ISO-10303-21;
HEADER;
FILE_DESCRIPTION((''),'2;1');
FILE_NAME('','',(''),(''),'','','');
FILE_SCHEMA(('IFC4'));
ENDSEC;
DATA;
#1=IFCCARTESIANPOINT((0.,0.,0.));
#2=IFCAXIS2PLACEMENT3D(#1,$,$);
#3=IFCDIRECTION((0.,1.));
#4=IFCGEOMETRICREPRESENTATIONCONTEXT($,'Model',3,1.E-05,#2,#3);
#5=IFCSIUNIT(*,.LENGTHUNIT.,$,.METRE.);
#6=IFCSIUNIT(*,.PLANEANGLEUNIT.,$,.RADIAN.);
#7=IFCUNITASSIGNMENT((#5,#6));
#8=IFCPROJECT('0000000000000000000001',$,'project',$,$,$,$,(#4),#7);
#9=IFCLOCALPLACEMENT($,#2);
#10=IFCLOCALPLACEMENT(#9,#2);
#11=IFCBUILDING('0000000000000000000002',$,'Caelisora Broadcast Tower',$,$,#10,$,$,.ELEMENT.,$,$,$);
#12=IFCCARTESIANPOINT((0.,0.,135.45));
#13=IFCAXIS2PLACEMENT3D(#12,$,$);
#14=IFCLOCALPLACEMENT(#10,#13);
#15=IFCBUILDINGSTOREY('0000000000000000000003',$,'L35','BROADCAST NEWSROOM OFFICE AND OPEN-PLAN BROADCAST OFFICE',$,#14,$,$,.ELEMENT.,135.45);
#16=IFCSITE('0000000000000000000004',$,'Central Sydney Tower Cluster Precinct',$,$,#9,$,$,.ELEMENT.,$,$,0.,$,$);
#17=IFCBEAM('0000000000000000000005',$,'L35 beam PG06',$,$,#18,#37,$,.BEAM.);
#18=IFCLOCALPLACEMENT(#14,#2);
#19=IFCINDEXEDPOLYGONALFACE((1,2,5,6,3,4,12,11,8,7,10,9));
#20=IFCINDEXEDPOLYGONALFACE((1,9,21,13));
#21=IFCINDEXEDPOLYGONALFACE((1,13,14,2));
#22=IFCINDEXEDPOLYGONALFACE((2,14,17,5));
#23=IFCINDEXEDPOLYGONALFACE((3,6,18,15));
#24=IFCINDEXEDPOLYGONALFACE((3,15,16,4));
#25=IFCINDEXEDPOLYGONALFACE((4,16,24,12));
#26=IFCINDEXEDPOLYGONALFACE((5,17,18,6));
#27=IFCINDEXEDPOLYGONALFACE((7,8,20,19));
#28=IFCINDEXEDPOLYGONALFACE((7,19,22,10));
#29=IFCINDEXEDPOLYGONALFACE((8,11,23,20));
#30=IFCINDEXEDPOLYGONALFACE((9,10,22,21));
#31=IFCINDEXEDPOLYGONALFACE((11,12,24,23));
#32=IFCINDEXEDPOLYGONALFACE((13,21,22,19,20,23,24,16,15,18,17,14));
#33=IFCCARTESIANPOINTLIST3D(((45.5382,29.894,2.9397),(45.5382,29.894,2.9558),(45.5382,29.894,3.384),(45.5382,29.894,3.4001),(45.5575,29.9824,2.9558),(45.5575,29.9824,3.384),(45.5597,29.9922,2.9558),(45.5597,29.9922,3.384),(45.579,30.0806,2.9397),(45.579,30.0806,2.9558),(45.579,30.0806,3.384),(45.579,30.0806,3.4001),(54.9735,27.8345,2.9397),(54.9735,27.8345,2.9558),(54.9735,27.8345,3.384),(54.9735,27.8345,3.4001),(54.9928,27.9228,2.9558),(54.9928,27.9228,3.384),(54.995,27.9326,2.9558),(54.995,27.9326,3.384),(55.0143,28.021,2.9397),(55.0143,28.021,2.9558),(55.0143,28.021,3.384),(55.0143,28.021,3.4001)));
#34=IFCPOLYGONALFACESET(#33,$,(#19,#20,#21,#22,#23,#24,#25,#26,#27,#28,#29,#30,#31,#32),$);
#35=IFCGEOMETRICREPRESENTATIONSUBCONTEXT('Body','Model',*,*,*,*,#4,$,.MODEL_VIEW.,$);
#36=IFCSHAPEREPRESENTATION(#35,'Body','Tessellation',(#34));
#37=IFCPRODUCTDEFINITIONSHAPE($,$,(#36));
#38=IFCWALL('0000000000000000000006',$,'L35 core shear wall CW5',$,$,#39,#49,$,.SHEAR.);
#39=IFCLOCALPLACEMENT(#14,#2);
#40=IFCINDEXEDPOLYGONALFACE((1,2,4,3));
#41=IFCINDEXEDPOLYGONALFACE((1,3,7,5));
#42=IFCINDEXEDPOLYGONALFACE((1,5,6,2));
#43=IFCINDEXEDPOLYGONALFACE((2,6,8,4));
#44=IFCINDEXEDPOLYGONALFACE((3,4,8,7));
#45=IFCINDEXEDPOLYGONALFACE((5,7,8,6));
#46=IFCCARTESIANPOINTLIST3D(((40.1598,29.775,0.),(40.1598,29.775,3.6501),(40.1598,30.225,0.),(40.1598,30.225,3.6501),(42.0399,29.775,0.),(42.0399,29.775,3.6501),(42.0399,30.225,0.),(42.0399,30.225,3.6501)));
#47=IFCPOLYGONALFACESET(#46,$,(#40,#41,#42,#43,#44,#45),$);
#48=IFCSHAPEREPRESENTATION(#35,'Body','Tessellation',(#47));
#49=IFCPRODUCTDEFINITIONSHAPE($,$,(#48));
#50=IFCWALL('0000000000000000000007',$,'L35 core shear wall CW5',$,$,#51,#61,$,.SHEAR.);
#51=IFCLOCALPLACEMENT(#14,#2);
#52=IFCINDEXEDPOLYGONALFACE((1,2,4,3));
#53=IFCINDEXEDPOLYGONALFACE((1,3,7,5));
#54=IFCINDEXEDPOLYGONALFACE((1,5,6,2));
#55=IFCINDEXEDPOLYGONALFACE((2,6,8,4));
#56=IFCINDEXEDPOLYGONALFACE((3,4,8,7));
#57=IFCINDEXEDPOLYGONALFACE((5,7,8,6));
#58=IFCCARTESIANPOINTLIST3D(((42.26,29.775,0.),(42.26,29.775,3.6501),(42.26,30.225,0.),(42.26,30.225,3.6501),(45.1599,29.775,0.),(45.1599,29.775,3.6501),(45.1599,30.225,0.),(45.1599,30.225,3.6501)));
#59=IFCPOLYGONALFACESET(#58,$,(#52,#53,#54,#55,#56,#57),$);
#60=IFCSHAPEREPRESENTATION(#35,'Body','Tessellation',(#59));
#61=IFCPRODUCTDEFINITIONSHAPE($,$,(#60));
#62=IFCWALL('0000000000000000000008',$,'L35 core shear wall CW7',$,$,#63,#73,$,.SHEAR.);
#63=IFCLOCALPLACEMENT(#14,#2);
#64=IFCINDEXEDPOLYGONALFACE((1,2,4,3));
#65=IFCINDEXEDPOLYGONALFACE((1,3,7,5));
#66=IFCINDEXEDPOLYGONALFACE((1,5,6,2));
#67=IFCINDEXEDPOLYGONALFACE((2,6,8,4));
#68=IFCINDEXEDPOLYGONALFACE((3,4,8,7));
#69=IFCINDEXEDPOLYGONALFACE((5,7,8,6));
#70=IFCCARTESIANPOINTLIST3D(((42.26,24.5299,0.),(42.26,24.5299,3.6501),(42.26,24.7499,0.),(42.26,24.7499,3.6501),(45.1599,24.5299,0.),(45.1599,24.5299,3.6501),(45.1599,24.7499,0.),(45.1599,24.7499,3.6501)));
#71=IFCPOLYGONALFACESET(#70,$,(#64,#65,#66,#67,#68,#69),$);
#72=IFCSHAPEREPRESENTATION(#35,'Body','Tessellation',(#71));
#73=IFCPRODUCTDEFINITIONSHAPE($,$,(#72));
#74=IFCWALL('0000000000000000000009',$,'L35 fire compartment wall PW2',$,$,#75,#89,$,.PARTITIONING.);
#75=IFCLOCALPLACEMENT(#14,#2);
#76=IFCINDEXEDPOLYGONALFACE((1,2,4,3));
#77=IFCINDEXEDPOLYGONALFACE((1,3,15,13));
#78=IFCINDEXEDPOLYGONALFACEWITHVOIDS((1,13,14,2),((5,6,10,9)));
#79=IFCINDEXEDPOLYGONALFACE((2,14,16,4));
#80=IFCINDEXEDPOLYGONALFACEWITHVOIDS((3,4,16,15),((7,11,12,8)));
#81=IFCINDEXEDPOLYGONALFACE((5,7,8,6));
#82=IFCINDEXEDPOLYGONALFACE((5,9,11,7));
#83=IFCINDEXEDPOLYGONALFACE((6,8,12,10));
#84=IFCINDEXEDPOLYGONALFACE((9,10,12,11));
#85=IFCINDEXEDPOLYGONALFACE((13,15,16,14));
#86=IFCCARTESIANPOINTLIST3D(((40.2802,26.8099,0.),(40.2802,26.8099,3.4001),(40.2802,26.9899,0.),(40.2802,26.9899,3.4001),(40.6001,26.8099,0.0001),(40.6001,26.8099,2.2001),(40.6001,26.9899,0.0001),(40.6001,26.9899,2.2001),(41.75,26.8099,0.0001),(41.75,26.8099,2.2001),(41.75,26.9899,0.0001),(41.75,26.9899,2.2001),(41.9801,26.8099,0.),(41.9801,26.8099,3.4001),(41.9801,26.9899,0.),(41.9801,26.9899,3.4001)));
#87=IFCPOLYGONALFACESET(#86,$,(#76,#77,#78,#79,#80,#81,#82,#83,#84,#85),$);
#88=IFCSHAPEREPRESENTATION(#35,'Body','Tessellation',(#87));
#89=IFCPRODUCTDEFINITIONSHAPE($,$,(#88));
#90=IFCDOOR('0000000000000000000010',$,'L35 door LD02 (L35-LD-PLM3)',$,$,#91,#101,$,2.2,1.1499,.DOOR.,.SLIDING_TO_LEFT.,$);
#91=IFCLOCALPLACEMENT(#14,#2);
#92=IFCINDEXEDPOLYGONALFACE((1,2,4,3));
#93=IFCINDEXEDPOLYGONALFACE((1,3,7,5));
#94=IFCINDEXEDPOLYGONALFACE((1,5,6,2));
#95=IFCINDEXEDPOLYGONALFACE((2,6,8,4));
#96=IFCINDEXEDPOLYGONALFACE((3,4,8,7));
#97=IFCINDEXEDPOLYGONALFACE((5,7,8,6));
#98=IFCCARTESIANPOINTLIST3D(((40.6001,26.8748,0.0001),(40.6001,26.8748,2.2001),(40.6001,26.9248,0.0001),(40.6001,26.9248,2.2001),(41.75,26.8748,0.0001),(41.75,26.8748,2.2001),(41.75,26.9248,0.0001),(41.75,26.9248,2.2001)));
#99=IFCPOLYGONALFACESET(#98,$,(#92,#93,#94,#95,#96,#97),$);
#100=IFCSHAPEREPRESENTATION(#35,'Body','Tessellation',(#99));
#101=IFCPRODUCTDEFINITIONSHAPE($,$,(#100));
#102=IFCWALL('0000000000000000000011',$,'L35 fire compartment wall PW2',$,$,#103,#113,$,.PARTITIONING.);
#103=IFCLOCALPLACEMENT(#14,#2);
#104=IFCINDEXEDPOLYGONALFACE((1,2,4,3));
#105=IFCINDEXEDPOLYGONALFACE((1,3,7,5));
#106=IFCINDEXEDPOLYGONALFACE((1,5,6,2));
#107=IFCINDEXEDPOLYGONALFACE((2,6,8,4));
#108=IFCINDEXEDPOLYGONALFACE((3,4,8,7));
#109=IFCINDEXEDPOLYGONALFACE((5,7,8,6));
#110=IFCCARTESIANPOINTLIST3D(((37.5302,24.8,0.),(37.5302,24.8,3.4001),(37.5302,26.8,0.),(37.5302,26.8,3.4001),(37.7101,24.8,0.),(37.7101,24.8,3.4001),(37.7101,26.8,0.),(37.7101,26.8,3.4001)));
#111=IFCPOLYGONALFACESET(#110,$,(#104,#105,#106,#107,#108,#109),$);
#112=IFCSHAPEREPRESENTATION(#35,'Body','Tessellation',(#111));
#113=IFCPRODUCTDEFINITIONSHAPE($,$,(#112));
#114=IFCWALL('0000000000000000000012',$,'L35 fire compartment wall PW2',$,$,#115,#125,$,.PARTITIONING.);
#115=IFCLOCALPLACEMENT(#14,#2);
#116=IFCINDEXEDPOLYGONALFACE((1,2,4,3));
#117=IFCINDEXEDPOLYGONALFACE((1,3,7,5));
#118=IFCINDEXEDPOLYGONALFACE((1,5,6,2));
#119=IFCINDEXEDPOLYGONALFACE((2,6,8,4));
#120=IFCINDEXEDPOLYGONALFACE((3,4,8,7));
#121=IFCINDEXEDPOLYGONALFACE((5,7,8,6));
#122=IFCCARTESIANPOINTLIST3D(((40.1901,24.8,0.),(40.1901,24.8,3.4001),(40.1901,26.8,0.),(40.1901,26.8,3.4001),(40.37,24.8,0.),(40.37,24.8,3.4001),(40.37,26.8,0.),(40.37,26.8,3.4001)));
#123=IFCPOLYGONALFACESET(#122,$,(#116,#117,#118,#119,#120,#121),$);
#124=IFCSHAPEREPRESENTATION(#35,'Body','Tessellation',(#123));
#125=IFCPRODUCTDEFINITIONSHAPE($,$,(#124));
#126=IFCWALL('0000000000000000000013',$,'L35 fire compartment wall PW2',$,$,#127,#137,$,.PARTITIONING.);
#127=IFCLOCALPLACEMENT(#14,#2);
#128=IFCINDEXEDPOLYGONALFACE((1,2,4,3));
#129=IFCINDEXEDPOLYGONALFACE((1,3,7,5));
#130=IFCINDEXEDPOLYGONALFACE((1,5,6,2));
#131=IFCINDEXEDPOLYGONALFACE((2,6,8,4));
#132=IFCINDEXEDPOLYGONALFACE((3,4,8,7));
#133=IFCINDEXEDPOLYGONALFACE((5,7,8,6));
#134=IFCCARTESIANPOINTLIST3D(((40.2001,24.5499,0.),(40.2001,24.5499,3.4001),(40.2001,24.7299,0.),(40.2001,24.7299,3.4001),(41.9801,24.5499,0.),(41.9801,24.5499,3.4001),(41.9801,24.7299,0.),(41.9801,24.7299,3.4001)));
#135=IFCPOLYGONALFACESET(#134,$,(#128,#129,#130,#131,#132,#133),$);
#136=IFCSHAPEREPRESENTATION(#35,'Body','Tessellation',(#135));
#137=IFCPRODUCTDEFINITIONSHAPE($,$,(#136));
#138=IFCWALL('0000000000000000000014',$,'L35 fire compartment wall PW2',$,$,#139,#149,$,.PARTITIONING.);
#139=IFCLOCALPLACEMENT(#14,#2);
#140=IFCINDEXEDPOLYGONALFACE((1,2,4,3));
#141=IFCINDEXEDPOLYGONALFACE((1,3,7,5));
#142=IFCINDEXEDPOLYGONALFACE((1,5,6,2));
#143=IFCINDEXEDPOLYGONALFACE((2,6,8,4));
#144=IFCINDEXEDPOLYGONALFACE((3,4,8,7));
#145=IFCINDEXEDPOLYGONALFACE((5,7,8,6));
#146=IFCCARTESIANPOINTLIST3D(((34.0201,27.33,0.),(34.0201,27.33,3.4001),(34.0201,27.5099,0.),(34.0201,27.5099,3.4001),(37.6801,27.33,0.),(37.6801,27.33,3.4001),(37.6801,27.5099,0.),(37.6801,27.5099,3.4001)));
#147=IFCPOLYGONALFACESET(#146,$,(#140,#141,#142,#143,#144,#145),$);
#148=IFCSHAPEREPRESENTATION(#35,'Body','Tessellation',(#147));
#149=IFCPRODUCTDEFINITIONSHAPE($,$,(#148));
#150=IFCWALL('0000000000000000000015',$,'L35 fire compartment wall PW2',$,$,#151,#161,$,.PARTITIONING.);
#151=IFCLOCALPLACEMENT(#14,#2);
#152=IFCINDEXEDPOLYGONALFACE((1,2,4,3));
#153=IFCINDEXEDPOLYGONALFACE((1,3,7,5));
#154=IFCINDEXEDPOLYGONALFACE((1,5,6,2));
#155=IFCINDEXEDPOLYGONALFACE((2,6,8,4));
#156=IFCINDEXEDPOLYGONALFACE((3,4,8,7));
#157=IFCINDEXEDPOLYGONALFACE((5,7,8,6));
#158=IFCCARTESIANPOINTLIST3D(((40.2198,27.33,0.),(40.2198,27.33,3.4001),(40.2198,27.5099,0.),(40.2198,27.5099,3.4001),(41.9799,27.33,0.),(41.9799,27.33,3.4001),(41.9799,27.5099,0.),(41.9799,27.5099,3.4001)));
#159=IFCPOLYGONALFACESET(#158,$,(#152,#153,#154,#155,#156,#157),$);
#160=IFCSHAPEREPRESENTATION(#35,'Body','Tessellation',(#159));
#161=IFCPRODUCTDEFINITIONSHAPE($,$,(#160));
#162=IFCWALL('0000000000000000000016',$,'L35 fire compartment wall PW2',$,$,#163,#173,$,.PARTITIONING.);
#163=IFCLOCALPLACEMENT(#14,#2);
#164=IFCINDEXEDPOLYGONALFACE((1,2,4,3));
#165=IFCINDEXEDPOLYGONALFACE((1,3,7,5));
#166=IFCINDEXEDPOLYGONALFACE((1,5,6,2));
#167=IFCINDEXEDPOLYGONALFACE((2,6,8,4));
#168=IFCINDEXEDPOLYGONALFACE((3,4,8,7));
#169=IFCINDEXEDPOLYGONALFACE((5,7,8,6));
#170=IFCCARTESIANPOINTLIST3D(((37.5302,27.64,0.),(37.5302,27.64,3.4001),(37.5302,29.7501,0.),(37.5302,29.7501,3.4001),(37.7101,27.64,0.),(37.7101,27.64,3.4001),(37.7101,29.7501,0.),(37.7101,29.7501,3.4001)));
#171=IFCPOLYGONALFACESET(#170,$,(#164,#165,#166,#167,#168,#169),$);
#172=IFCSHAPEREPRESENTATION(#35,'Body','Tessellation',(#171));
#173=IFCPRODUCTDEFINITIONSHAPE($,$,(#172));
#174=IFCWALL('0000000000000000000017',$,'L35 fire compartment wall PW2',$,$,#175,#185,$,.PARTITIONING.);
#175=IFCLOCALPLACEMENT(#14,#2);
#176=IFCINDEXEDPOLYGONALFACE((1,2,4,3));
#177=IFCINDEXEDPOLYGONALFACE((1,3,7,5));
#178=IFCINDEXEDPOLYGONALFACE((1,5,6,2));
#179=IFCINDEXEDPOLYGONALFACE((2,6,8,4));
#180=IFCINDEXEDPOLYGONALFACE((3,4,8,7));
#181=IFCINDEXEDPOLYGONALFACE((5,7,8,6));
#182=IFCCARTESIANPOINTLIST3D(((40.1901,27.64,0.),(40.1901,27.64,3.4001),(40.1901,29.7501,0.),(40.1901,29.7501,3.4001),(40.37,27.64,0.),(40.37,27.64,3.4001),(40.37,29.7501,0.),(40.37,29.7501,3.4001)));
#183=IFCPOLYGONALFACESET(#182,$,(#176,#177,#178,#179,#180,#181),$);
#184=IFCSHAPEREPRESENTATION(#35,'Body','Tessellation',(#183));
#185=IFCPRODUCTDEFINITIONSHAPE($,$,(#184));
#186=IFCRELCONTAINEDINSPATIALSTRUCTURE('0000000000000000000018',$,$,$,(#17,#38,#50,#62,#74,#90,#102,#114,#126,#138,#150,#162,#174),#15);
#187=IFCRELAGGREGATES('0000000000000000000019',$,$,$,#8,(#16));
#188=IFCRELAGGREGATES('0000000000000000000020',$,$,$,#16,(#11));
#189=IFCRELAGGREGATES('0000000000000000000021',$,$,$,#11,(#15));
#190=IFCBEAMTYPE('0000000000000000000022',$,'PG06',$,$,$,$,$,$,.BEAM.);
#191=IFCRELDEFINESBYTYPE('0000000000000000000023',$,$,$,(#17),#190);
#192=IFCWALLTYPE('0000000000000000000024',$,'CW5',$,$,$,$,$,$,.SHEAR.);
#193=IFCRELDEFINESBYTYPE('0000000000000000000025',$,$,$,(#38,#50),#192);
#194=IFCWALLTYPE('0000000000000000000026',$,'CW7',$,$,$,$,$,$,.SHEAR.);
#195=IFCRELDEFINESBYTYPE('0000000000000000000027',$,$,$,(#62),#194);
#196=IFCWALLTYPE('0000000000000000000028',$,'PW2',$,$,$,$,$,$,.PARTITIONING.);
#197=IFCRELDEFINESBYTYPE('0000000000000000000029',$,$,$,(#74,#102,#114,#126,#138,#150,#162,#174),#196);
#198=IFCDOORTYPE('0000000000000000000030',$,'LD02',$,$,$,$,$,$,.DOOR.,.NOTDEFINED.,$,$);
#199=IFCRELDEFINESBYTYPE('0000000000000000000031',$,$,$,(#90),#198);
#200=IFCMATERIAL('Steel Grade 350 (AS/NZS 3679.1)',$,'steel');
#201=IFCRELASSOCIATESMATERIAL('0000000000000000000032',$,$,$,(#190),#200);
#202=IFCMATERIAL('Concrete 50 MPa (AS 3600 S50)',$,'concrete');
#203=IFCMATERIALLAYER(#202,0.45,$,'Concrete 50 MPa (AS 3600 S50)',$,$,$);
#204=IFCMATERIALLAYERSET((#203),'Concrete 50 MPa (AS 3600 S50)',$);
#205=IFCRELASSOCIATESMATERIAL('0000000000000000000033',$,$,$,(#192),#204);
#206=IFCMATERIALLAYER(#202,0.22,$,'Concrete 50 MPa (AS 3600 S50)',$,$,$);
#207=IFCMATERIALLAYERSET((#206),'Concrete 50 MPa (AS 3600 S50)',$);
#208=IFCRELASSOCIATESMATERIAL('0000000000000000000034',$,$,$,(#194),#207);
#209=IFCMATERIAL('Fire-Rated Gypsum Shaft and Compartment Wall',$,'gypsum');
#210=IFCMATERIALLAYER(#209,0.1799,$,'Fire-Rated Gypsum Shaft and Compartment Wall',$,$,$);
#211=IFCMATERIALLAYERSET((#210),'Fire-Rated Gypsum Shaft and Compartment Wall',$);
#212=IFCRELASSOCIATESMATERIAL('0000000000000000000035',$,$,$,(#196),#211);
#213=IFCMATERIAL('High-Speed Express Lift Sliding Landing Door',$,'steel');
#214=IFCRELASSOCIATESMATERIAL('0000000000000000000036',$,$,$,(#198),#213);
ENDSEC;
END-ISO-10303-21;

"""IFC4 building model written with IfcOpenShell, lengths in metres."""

from ifc_helpers import new_model, si_unit, direction, frame, frame_2d, origin, origin_2d, place, context, subcontext, project, spatial, rectangle, i_section, extrude, source, transform, mapped, material, layer, layer_set, material_profile, profile_set, type_object, element, fill, save


model = new_model("IFC4")

# Units and contexts
model_context = context("Model", 3, precision=1e-05, world=origin(), true_north=direction((0.0, 1.0)))
body_context = subcontext(model_context, "Body", "Model", "MODEL_VIEW")
ifc_project = project(units=[si_unit("LENGTHUNIT", "METRE"), si_unit("PLANEANGLEUNIT", "RADIAN")], contexts=[model_context])

# Site, building, storey
site_placement = place(None, origin())
site = spatial("IfcSite", under=ifc_project, at=site_placement, Name="Central Sydney Tower Cluster Precinct", CompositionType="ELEMENT", RefElevation=0.0)
building_placement = place(site_placement, origin())
building = spatial("IfcBuilding", under=site, at=building_placement, Name="Caelisora Broadcast Tower", CompositionType="ELEMENT")
storey_placement = place(building_placement, frame((0.0, 0.0, 135.45)))
storey = spatial("IfcBuildingStorey", under=building, at=storey_placement, Name="L35", Description="BROADCAST NEWSROOM OFFICE AND OPEN-PLAN BROADCAST OFFICE", CompositionType="ELEMENT", Elevation=135.45)

# Beam
ifc_material_1 = material(Name="Concrete 50 MPa (AS 3600 S50)", Category="concrete")
ifc_material_2 = material(Name="Steel Grade 350 (AS/NZS 3679.1)", Category="steel")
ifc_material_profile_1 = material_profile(ifc_material_2, i_section(OverallWidth=0.1909, OverallDepth=0.4604, WebThickness=0.01, FlangeThickness=0.0161, at=origin_2d()), Name="Steel Grade 350 (AS/NZS 3679.1)")
ifc_profile_set_1 = profile_set([ifc_material_profile_1], Name="Steel Grade 350 (AS/NZS 3679.1)")
beam_type_1 = type_object("IfcBeamType", Name="PG06", PredefinedType="BEAM", material=ifc_profile_set_1)
shared_shape_1 = source(origin(), body_context, "Body", "SweptSolid", [
    extrude(i_section(OverallWidth=0.1909, OverallDepth=0.4604, WebThickness=0.01, FlangeThickness=0.0161, at=origin_2d()), origin(), (0.0, 0.0, 1.0), 9.6575),
])
beam_1_placement = place(storey_placement, frame((45.5586, 29.9873, 3.1699), z_axis=(0.976995, -0.213262, 0.0), x_axis=(0.213262, 0.976995, 0.0)))
element("IfcBeam", 1, at=beam_1_placement, inside=storey, type_object=beam_type_1, Name="L35 beam PG06", PredefinedType="BEAM", context=body_context, shape_type="MappedRepresentation", body=[
    mapped(shared_shape_1, transform((0.0, 0.0, 0.0), scale=1.0)),
])

# Walls
ifc_layer_1 = layer(ifc_material_1, 0.45, Name="Concrete 50 MPa (AS 3600 S50)")
ifc_layer_set_1 = layer_set([ifc_layer_1], Name="Concrete 50 MPa (AS 3600 S50)")
wall_type_1 = type_object("IfcWallType", Name="CW5", PredefinedType="SHEAR", material=ifc_layer_set_1)
wall_1_placement = place(storey_placement, frame((40.1599, 30.0, 0.0), z_axis=(0.0, 0.0, 1.0), x_axis=(1.0, 0.0, 0.0)))
element("IfcWall", 2, at=wall_1_placement, inside=storey, type_object=wall_type_1, Name="L35 core shear wall CW5", PredefinedType="SHEAR", context=body_context, shape_type="SweptSolid", body=[
    extrude(rectangle(XDim=1.8801, YDim=0.45, at=frame_2d((0.9399, 0.0))), origin(), (0.0, 0.0, 1.0), 3.6501),
])
wall_2_placement = place(storey_placement, frame((42.26, 30.0, 0.0), z_axis=(0.0, 0.0, 1.0), x_axis=(1.0, 0.0, 0.0)))
element("IfcWall", 3, at=wall_2_placement, inside=storey, type_object=wall_type_1, Name="L35 core shear wall CW5", PredefinedType="SHEAR", context=body_context, shape_type="SweptSolid", body=[
    extrude(rectangle(XDim=2.8999, YDim=0.45, at=frame_2d((1.45, 0.0))), origin(), (0.0, 0.0, 1.0), 3.6501),
])
ifc_layer_2 = layer(ifc_material_1, 0.22, Name="Concrete 50 MPa (AS 3600 S50)")
ifc_layer_set_2 = layer_set([ifc_layer_2], Name="Concrete 50 MPa (AS 3600 S50)")
wall_type_2 = type_object("IfcWallType", Name="CW7", PredefinedType="SHEAR", material=ifc_layer_set_2)
wall_3_placement = place(storey_placement, frame((42.26, 24.6399, 0.0), z_axis=(0.0, 0.0, 1.0), x_axis=(1.0, 0.0, 0.0)))
element("IfcWall", 4, at=wall_3_placement, inside=storey, type_object=wall_type_2, Name="L35 core shear wall CW7", PredefinedType="SHEAR", context=body_context, shape_type="SweptSolid", body=[
    extrude(rectangle(XDim=2.8999, YDim=0.22, at=frame_2d((1.45, 0.0))), origin(), (0.0, 0.0, 1.0), 3.6501),
])

# Wall, opening, door
ifc_material_3 = material(Name="Fire-Rated Gypsum Shaft and Compartment Wall", Category="gypsum")
ifc_layer_3 = layer(ifc_material_3, 0.1799, Name="Fire-Rated Gypsum Shaft and Compartment Wall")
ifc_layer_set_3 = layer_set([ifc_layer_3], Name="Fire-Rated Gypsum Shaft and Compartment Wall")
wall_type_3 = type_object("IfcWallType", Name="PW2", PredefinedType="PARTITIONING", material=ifc_layer_set_3)
wall_4_placement = place(storey_placement, frame((40.28, 26.8999, 0.0), z_axis=(0.0, 0.0, 1.0), x_axis=(1.0, 0.0, 0.0)))
wall_4 = element("IfcWall", 5, at=wall_4_placement, inside=storey, type_object=wall_type_3, Name="L35 fire compartment wall PW2", PredefinedType="PARTITIONING", context=body_context, shape_type="SweptSolid", body=[
    extrude(rectangle(XDim=1.7, YDim=0.1799, at=frame_2d((0.8501, 0.0))), origin(), (0.0, 0.0, 1.0), 3.4001),
])
opening_placement = place(wall_4_placement, frame((0.3201, 0.0, 0.0)))
opening = element("IfcOpeningElement", 6, at=opening_placement, cuts=wall_4, PredefinedType="OPENING", context=body_context, shape_type="SweptSolid", body=[
    extrude(rectangle(XDim=1.1499, YDim=2.2, at=frame_2d((0.575, 1.1001))), frame((0.0, 0.1021, 0.0), z_axis=(0.0, -1.0, 0.0), x_axis=(1.0, 0.0, 0.0)), (0.0, 0.0, 1.0), 0.2039),
])
ifc_material_4 = material(Name="High-Speed Express Lift Sliding Landing Door", Category="steel")
door_type = type_object("IfcDoorType", Name="LD02", OperationType="NOTDEFINED", PredefinedType="DOOR", material=ifc_material_4)
door_placement = place(opening_placement, origin())
door = element("IfcDoor", 7, at=door_placement, inside=storey, type_object=door_type, Name="L35 door LD02 (L35-LD-PLM3)", OperationType="SLIDING_TO_LEFT", OverallHeight=2.2, OverallWidth=1.1499, PredefinedType="DOOR", context=body_context, shape_type="SweptSolid", body=[
    extrude(rectangle(XDim=1.1499, YDim=2.2, at=frame_2d((0.575, 1.1001))), frame((0.0, 0.0249, 0.0), z_axis=(0.0, -1.0, 0.0), x_axis=(1.0, 0.0, 0.0)), (0.0, 0.0, 1.0), 0.05),
])
fill(opening, door)

# Walls
for number, where, z_axis, x_axis, name in (
    (8, (37.6201, 24.8, 0.0), (0.0, 0.0, 1.0), (0.0, 1.0, 0.0), "L35 fire compartment wall PW2"),
    (9, (40.28, 24.8, 0.0), (0.0, 0.0, 1.0), (0.0, 1.0, 0.0), "L35 fire compartment wall PW2"),
):
    element("IfcWall", number, at=place(storey_placement, frame(where, z_axis=z_axis, x_axis=x_axis)), inside=storey, type_object=wall_type_3, Name=name, PredefinedType="PARTITIONING", context=body_context, shape_type="SweptSolid", body=[
        extrude(rectangle(XDim=2.0, YDim=0.1799, at=frame_2d((1.0, 0.0))), origin(), (0.0, 0.0, 1.0), 3.4001),
    ])
wall_5_placement = place(storey_placement, frame((40.2, 24.6399, 0.0), z_axis=(0.0, 0.0, 1.0), x_axis=(1.0, 0.0, 0.0)))
element("IfcWall", 10, at=wall_5_placement, inside=storey, type_object=wall_type_3, Name="L35 fire compartment wall PW2", PredefinedType="PARTITIONING", context=body_context, shape_type="SweptSolid", body=[
    extrude(rectangle(XDim=1.78, YDim=0.1799, at=frame_2d((0.8901, 0.0))), origin(), (0.0, 0.0, 1.0), 3.4001),
])
wall_6_placement = place(storey_placement, frame((34.02, 27.4199, 0.0), z_axis=(0.0, 0.0, 1.0), x_axis=(1.0, 0.0, 0.0)))
element("IfcWall", 11, at=wall_6_placement, inside=storey, type_object=wall_type_3, Name="L35 fire compartment wall PW2", PredefinedType="PARTITIONING", context=body_context, shape_type="SweptSolid", body=[
    extrude(rectangle(XDim=3.6599, YDim=0.1799, at=frame_2d((1.8301, 0.0))), origin(), (0.0, 0.0, 1.0), 3.4001),
])
wall_7_placement = place(storey_placement, frame((40.22, 27.4199, 0.0), z_axis=(0.0, 0.0, 1.0), x_axis=(1.0, 0.0, 0.0)))
element("IfcWall", 12, at=wall_7_placement, inside=storey, type_object=wall_type_3, Name="L35 fire compartment wall PW2", PredefinedType="PARTITIONING", context=body_context, shape_type="SweptSolid", body=[
    extrude(rectangle(XDim=1.76, YDim=0.1799, at=frame_2d((0.8799, 0.0))), origin(), (0.0, 0.0, 1.0), 3.4001),
])
for number, where, z_axis, x_axis, name in (
    (13, (37.6201, 27.6399, 0.0), (0.0, 0.0, 1.0), (0.0, 1.0, 0.0), "L35 fire compartment wall PW2"),
    (14, (40.28, 27.6399, 0.0), (0.0, 0.0, 1.0), (0.0, 1.0, 0.0), "L35 fire compartment wall PW2"),
):
    element("IfcWall", number, at=place(storey_placement, frame(where, z_axis=z_axis, x_axis=x_axis)), inside=storey, type_object=wall_type_3, Name=name, PredefinedType="PARTITIONING", context=body_context, shape_type="SweptSolid", body=[
        extrude(rectangle(XDim=2.1101, YDim=0.1799, at=frame_2d((1.0552, 0.0))), origin(), (0.0, 0.0, 1.0), 3.4001),
    ])

save(model, "model.ifc")
